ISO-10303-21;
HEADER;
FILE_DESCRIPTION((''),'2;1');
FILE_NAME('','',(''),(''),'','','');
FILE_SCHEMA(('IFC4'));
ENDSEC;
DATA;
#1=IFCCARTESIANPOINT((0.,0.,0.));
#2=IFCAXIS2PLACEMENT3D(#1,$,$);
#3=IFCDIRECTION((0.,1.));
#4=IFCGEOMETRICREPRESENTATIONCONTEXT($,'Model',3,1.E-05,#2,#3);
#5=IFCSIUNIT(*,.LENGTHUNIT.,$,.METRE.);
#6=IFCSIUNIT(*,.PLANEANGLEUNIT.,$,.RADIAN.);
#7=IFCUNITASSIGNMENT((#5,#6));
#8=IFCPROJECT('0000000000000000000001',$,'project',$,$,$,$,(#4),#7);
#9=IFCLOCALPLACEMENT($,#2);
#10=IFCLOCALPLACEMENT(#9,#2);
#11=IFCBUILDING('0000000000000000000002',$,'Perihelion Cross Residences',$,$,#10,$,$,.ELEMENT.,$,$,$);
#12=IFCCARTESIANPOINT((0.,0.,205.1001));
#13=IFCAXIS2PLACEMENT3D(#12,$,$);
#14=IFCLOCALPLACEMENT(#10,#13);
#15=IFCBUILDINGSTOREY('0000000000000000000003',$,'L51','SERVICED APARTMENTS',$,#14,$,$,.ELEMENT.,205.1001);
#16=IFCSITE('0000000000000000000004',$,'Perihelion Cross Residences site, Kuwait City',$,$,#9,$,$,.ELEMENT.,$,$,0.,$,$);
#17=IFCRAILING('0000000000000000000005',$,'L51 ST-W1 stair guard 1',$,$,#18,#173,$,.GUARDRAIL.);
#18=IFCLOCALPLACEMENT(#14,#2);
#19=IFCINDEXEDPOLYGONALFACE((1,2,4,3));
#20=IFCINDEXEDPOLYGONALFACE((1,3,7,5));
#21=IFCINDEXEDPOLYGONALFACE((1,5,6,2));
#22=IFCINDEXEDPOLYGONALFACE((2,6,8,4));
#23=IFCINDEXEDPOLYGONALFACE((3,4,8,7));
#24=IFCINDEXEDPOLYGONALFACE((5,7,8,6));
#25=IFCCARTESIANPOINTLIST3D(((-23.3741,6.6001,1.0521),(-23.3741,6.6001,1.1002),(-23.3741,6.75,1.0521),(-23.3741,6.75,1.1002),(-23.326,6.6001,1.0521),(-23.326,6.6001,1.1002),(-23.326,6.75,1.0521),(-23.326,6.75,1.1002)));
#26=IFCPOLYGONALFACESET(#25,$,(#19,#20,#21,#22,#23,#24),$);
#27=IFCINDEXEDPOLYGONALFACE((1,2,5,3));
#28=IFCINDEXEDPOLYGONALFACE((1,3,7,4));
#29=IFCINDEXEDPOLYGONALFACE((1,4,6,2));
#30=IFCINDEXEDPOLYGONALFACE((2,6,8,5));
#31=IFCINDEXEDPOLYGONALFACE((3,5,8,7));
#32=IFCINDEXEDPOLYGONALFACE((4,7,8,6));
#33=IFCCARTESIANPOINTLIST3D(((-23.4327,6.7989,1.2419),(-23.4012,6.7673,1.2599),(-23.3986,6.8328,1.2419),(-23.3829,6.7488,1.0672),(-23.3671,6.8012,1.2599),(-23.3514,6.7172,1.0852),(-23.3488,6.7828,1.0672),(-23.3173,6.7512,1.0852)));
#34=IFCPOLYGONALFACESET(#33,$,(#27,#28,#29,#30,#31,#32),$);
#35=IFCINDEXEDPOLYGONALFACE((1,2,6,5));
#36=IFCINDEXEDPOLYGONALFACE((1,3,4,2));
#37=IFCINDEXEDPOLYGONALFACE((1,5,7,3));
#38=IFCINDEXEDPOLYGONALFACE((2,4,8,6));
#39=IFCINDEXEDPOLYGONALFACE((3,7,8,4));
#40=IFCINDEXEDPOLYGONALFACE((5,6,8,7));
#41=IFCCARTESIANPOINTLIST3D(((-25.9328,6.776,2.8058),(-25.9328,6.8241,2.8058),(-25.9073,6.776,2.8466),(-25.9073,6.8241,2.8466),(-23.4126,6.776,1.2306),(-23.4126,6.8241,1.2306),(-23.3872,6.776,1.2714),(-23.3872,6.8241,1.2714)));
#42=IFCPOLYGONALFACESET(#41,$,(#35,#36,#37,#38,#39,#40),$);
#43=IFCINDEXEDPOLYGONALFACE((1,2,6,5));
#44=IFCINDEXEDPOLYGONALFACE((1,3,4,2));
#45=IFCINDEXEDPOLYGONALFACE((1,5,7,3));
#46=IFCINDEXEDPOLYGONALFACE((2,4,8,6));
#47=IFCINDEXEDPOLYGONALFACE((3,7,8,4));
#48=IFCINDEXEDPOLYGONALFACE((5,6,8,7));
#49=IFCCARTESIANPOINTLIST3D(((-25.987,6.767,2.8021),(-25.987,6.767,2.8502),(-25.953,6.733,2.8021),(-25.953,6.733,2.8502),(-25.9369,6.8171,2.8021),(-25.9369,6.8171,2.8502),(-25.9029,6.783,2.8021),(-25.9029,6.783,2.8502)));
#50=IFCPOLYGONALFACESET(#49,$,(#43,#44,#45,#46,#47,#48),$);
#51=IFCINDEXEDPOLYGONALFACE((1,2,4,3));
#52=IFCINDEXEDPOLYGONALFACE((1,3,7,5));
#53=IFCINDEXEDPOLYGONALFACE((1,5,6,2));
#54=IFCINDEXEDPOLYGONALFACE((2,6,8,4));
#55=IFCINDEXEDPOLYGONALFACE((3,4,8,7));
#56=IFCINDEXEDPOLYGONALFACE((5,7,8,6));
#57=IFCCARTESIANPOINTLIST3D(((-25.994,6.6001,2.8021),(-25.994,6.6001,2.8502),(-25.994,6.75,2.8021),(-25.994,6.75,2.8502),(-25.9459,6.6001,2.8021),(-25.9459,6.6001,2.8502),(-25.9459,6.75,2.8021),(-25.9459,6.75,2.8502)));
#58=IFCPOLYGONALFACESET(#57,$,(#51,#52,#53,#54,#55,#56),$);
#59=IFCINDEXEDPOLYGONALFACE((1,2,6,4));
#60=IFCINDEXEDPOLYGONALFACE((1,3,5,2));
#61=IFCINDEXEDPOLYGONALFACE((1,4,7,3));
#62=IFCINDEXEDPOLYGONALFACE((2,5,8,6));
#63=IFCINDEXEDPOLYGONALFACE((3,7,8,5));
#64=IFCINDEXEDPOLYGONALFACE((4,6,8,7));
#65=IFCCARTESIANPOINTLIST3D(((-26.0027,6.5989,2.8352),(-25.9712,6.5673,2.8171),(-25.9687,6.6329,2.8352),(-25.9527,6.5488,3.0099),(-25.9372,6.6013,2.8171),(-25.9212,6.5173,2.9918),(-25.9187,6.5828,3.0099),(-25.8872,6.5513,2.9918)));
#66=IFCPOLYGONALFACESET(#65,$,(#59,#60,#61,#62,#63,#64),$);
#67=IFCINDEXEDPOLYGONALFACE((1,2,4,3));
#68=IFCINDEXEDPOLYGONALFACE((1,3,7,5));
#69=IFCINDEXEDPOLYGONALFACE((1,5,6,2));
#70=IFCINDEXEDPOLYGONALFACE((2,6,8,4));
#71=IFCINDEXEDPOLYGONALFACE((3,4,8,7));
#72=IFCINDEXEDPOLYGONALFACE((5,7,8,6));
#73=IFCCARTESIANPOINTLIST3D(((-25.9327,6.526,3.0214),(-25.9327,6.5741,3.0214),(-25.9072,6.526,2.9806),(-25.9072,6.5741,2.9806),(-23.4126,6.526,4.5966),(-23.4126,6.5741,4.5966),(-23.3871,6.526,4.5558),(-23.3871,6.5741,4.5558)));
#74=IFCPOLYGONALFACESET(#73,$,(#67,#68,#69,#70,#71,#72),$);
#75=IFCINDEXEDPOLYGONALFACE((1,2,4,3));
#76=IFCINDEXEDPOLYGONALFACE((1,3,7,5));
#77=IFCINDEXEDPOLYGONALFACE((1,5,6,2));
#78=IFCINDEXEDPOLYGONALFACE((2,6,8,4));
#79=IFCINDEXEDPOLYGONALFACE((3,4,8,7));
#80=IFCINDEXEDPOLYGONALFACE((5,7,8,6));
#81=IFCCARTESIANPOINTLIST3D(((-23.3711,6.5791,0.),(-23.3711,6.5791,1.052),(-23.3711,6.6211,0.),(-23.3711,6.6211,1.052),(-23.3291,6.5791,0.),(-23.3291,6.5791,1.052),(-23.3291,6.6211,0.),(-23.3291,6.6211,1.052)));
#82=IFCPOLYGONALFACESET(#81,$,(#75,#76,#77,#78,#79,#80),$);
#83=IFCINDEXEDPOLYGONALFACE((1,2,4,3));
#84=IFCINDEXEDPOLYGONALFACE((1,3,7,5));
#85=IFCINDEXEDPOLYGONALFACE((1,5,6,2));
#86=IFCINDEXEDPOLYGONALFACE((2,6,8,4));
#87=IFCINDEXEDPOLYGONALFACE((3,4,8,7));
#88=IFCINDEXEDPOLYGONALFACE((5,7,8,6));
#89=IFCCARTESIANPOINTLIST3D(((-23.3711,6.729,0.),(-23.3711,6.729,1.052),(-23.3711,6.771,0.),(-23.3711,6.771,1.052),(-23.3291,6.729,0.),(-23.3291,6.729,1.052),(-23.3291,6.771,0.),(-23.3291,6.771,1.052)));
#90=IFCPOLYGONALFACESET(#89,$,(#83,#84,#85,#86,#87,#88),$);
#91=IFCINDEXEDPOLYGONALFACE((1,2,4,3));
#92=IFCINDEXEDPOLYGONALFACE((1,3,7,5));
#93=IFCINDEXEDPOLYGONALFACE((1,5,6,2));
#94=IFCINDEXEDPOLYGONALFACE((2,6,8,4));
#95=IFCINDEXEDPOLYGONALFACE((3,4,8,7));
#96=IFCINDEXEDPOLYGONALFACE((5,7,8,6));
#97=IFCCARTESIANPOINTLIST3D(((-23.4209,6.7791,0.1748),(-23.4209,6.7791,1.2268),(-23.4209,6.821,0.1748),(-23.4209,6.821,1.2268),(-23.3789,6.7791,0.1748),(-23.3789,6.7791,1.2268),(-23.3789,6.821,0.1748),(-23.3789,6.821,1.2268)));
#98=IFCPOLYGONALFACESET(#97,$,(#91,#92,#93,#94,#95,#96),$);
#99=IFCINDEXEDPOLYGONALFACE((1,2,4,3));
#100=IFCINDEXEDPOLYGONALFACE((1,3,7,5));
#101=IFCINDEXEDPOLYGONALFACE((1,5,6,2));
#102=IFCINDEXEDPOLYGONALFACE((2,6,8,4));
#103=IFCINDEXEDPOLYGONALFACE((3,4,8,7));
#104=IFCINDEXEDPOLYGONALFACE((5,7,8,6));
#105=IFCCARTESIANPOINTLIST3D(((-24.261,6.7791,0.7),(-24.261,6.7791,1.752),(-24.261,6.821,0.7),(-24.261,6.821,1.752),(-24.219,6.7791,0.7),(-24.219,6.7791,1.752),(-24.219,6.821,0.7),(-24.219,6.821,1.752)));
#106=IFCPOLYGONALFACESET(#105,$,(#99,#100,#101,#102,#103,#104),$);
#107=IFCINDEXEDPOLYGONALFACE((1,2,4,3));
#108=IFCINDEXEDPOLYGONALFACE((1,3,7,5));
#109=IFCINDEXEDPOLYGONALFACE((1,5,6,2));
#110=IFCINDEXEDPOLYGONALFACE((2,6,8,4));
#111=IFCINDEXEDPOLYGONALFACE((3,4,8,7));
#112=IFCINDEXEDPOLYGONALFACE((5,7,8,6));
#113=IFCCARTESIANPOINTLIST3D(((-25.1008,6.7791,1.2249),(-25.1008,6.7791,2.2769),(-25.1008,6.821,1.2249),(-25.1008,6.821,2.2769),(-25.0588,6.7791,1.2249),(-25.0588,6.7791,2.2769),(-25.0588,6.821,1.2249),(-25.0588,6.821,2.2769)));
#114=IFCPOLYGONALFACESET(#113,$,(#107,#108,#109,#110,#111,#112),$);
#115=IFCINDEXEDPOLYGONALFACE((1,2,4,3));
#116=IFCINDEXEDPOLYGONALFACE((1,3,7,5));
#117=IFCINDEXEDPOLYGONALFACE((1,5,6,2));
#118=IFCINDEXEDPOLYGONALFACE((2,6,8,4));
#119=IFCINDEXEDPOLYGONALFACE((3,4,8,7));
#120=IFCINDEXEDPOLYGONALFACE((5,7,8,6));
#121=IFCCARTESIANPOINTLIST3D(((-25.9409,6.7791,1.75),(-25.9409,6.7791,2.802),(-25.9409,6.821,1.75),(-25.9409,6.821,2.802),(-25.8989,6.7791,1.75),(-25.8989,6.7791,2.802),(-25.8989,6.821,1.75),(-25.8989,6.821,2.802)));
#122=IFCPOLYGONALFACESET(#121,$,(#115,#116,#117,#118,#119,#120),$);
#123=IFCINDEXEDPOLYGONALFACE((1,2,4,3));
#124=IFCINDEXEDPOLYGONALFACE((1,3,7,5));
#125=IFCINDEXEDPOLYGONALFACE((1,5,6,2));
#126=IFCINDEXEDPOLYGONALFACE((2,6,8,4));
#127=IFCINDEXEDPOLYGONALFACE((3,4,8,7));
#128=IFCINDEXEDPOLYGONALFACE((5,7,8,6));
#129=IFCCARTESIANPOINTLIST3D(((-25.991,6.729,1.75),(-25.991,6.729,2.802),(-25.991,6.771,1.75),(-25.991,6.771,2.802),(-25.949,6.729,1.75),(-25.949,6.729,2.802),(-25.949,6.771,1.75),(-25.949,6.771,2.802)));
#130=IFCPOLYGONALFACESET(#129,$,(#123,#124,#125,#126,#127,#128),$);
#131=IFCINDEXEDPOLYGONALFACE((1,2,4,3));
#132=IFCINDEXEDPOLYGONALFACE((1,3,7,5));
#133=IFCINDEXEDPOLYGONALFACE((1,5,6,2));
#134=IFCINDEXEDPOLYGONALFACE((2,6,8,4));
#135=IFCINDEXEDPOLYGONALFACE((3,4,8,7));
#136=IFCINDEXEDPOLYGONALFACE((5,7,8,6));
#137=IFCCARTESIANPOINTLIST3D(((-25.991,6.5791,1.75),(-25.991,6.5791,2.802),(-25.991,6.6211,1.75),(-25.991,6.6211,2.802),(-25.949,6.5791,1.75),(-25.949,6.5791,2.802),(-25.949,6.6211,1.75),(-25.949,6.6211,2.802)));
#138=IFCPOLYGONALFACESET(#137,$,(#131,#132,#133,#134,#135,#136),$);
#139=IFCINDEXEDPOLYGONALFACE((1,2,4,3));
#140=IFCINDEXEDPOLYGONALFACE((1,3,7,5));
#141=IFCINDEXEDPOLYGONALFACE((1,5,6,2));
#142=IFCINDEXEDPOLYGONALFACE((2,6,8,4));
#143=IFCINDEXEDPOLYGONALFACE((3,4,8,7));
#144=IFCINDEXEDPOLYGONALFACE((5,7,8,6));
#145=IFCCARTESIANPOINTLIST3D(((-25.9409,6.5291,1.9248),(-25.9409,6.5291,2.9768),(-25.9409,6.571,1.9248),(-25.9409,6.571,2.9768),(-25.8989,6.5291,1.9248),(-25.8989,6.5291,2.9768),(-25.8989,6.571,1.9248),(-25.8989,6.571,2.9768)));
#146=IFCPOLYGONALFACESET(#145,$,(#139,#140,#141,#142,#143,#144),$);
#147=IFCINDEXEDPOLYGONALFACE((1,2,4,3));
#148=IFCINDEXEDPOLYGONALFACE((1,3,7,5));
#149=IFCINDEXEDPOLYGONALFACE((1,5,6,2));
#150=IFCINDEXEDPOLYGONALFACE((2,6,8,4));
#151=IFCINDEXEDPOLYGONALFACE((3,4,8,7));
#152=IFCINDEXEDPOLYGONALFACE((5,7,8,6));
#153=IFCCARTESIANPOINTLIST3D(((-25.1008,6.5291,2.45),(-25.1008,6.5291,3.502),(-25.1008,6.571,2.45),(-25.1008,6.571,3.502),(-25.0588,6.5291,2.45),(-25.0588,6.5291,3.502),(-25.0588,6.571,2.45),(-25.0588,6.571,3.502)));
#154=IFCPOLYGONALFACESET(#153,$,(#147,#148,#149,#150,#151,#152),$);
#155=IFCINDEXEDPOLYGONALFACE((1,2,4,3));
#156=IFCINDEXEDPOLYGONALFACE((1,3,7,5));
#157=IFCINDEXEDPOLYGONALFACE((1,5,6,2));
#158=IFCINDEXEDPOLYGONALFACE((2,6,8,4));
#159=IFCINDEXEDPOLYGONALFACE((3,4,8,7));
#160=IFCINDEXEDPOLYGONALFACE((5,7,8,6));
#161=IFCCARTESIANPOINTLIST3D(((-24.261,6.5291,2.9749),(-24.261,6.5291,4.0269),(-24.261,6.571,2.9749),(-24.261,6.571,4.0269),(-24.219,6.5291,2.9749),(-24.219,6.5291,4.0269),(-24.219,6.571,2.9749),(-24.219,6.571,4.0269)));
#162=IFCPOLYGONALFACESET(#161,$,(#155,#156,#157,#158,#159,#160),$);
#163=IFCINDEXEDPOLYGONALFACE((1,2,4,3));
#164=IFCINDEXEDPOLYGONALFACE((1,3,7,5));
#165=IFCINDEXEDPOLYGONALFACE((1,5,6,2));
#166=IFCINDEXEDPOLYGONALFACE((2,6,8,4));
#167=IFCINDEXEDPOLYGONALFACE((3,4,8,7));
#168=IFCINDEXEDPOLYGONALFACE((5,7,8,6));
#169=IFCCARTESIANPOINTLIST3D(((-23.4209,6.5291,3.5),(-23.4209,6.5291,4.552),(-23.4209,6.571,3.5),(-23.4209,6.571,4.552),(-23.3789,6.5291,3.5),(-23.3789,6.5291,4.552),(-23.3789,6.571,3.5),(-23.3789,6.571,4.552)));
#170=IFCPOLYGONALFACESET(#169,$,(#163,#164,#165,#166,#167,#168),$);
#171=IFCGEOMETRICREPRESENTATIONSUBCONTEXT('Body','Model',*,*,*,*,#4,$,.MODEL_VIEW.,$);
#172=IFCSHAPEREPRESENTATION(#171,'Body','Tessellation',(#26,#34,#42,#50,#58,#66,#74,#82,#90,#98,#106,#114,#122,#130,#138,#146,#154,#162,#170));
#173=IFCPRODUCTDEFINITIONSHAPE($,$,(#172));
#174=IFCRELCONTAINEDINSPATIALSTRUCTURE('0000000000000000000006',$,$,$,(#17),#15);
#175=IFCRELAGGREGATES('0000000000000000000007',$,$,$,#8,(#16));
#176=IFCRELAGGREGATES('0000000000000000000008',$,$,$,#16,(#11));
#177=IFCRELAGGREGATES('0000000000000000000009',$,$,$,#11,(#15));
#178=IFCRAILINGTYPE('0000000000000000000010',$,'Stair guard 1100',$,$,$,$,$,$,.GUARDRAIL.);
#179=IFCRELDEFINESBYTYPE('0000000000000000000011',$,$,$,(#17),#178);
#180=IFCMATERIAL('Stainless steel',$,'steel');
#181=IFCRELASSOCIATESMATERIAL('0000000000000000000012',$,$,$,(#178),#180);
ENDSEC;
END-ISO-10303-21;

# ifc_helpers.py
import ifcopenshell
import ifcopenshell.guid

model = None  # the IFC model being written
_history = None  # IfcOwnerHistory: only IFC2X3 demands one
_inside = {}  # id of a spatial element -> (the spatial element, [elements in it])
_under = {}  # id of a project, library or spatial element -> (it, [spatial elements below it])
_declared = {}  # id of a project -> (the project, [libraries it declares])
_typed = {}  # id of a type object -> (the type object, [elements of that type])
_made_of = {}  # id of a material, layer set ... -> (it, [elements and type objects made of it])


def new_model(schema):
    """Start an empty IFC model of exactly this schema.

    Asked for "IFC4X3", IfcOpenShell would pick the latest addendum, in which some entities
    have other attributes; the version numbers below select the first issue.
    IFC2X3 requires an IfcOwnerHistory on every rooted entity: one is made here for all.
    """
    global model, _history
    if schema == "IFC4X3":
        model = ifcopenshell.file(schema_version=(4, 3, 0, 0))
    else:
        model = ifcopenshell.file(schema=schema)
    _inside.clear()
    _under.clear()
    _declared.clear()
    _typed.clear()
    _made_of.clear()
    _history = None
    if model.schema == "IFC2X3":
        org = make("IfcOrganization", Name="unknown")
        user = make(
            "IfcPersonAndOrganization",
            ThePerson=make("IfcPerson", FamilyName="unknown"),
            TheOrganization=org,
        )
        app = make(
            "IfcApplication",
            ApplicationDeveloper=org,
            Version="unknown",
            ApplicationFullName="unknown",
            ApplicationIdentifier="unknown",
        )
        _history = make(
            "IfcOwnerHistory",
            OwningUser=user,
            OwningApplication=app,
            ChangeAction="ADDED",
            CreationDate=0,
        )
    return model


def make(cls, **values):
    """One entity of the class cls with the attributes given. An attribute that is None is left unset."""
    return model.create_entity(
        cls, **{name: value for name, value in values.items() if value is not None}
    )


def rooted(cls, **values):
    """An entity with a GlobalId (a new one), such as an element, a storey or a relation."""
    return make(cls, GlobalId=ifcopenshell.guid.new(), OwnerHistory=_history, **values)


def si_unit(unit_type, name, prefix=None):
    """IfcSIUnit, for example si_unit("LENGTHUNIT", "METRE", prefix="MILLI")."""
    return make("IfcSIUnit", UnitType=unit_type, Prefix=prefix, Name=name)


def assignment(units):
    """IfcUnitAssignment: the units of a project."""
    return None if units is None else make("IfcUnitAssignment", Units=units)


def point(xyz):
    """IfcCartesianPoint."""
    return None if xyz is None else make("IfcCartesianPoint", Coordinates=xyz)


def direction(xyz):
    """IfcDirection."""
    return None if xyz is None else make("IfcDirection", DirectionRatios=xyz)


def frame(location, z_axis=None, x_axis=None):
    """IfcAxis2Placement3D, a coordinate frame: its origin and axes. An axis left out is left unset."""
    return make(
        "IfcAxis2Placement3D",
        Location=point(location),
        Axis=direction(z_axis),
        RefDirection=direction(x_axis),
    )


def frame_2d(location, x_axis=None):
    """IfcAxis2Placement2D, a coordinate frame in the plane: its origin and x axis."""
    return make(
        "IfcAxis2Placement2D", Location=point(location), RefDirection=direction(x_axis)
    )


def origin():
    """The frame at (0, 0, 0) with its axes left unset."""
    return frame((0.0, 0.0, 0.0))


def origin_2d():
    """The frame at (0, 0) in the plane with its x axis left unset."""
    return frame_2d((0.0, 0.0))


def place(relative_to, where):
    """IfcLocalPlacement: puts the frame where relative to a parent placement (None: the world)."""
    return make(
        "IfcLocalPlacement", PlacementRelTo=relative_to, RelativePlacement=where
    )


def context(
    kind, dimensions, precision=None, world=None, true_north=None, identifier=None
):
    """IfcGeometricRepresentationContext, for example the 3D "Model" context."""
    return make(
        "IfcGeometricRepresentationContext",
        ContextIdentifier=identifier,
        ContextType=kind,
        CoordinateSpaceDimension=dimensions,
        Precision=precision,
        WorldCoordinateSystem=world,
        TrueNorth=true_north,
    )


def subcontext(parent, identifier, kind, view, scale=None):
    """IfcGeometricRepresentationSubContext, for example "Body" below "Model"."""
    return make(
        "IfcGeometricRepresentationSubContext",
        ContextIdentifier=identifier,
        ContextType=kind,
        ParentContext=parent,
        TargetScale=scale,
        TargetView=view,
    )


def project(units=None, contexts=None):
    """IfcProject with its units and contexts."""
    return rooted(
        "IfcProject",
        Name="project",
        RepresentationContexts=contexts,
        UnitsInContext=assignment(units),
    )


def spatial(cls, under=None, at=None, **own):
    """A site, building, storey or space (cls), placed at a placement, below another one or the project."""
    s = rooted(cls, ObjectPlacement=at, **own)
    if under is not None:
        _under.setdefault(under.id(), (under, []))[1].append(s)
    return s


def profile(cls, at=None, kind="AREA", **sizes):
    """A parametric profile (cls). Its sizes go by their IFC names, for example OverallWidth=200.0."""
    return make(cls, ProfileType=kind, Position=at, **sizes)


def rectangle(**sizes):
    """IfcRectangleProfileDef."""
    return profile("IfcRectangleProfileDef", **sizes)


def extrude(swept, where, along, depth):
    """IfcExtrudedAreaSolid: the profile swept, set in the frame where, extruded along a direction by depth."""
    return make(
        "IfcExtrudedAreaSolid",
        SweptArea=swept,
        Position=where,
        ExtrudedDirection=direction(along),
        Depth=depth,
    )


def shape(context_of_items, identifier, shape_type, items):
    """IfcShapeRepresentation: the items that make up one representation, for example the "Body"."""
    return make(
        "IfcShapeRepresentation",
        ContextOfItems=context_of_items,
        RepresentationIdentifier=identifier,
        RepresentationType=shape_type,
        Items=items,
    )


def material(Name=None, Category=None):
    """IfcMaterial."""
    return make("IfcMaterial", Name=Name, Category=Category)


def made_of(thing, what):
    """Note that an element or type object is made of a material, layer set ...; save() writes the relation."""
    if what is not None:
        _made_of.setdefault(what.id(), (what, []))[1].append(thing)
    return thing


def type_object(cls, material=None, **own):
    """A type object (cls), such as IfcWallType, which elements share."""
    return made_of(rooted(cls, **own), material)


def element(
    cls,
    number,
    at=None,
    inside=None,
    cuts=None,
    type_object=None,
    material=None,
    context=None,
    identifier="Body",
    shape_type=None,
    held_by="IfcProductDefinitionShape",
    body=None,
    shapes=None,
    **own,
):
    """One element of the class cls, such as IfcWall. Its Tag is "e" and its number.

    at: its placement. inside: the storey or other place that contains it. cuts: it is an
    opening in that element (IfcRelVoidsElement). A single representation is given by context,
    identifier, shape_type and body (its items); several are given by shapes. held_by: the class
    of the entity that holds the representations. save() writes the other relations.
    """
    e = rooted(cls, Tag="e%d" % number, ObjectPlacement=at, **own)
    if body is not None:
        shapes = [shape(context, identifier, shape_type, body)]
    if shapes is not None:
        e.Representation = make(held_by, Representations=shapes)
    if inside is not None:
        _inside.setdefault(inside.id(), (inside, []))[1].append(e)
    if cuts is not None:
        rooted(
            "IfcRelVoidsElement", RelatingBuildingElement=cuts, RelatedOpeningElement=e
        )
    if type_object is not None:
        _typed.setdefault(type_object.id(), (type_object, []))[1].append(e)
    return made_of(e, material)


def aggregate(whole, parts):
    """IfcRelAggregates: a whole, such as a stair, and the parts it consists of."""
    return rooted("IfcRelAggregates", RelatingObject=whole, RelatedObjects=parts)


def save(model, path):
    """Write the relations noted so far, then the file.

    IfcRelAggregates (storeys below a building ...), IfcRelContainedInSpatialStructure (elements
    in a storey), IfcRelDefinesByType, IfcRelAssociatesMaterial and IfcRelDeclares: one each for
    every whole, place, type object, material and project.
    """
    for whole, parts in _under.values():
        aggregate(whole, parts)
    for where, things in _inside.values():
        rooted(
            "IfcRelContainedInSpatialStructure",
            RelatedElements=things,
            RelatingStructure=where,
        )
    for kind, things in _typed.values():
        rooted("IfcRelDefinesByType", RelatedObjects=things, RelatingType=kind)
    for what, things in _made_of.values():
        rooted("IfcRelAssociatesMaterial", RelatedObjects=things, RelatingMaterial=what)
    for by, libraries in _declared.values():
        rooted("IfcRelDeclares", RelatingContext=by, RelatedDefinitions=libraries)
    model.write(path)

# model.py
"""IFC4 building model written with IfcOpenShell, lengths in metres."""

from ifc_helpers import new_model, si_unit, direction, frame, origin, origin_2d, place, context, subcontext, project, spatial, rectangle, extrude, material, type_object, element, save


model = new_model("IFC4")

# Units and contexts
model_context = context("Model", 3, precision=1e-05, world=origin(), true_north=direction((0.0, 1.0)))
body_context = subcontext(model_context, "Body", "Model", "MODEL_VIEW")
ifc_project = project(units=[si_unit("LENGTHUNIT", "METRE"), si_unit("PLANEANGLEUNIT", "RADIAN")], contexts=[model_context])

# Site, building, storey
site_placement = place(None, origin())
site = spatial("IfcSite", under=ifc_project, at=site_placement, Name="Perihelion Cross Residences site, Kuwait City", CompositionType="ELEMENT", RefElevation=0.0)
building_placement = place(site_placement, origin())
building = spatial("IfcBuilding", under=site, at=building_placement, Name="Perihelion Cross Residences", CompositionType="ELEMENT")
storey_placement = place(building_placement, frame((0.0, 0.0, 205.1001)))
storey = spatial("IfcBuildingStorey", under=building, at=storey_placement, Name="L51", Description="SERVICED APARTMENTS", CompositionType="ELEMENT", Elevation=205.1001)

# Railing
ifc_material_1 = material(Name="Stainless steel", Category="steel")
railing_type_1 = type_object("IfcRailingType", Name="Stair guard 1100", PredefinedType="GUARDRAIL", material=ifc_material_1)
railing_1_placement = place(storey_placement, frame((-23.3501, 6.6001, 0.0)))
element("IfcRailing", 1, at=railing_1_placement, inside=storey, type_object=railing_type_1, Name="L51 ST-W1 stair guard 1", PredefinedType="GUARDRAIL", context=body_context, shape_type="SweptSolid", body=[
    extrude(rectangle(XDim=0.0481, YDim=0.0481, at=origin_2d()), frame((0.0, 0.0, 1.0762), z_axis=(0.0, 1.0, 0.0), x_axis=(-1.0, 0.0, 0.0)), (0.0, 0.0, 1.0), 0.1499),
    extrude(rectangle(XDim=0.0481, YDim=0.0481, at=origin_2d()), frame((0.0, 0.1499, 1.0762), z_axis=(-0.264179, 0.265474, 0.927218), x_axis=(-0.708834, -0.705376, 0.0)), (0.0, 0.0, 1.0), 0.1885),
    extrude(rectangle(XDim=0.0481, YDim=0.0481, at=origin_2d()), frame((-0.0498, 0.2, 1.251), z_axis=(-0.847971, 0.0, 0.530043), x_axis=(0.0, -1.0, 0.0)), (0.0, 0.0, 1.0), 2.9719),
    extrude(rectangle(XDim=0.0481, YDim=0.0481, at=origin_2d()), frame((-2.5698, 0.2, 2.8262), z_axis=(-0.707107, -0.707107, 0.0), x_axis=(0.707107, -0.707107, 0.0)), (0.0, 0.0, 1.0), 0.0708),
    extrude(rectangle(XDim=0.0481, YDim=0.0481, at=origin_2d()), frame((-2.6199, 0.1499, 2.8262), z_axis=(0.0, -1.0, 0.0), x_axis=(1.0, 0.0, 0.0)), (0.0, 0.0, 1.0), 0.1499),
    extrude(rectangle(XDim=0.0481, YDim=0.0481, at=origin_2d()), frame((-2.6199, 0.0, 2.8262), z_axis=(0.265383, -0.265383, 0.9269), x_axis=(0.707107, 0.707107, 0.0)), (0.0, 0.0, 1.0), 0.1885),
    extrude(rectangle(XDim=0.0481, YDim=0.0481, at=origin_2d()), frame((-2.5698, -0.05, 3.001), z_axis=(0.847971, 0.0, 0.530043), x_axis=(0.0, 1.0, 0.0)), (0.0, 0.0, 1.0), 2.9719),
    extrude(rectangle(XDim=0.042, YDim=0.042, at=origin_2d()), origin(), (0.0, 0.0, 1.0), 1.052),
    extrude(rectangle(XDim=0.042, YDim=0.042, at=origin_2d()), frame((0.0, 0.1499, 0.0)), (0.0, 0.0, 1.0), 1.052),
    extrude(rectangle(XDim=0.042, YDim=0.042, at=origin_2d()), frame((-0.0498, 0.2, 0.1748)), (0.0, 0.0, 1.0), 1.052),
    extrude(rectangle(XDim=0.042, YDim=0.042, at=origin_2d()), frame((-0.8899, 0.2, 0.7)), (0.0, 0.0, 1.0), 1.052),
    extrude(rectangle(XDim=0.042, YDim=0.042, at=origin_2d()), frame((-1.7297, 0.2, 1.2249)), (0.0, 0.0, 1.0), 1.052),
    extrude(rectangle(XDim=0.042, YDim=0.042, at=origin_2d()), frame((-2.5698, 0.2, 1.75)), (0.0, 0.0, 1.0), 1.052),
    extrude(rectangle(XDim=0.042, YDim=0.042, at=origin_2d()), frame((-2.6199, 0.1499, 1.75)), (0.0, 0.0, 1.0), 1.052),
    extrude(rectangle(XDim=0.042, YDim=0.042, at=origin_2d()), frame((-2.6199, 0.0, 1.75)), (0.0, 0.0, 1.0), 1.052),
    extrude(rectangle(XDim=0.042, YDim=0.042, at=origin_2d()), frame((-2.5698, -0.05, 1.9248)), (0.0, 0.0, 1.0), 1.052),
    extrude(rectangle(XDim=0.042, YDim=0.042, at=origin_2d()), frame((-1.7297, -0.05, 2.45)), (0.0, 0.0, 1.0), 1.052),
    extrude(rectangle(XDim=0.042, YDim=0.042, at=origin_2d()), frame((-0.8899, -0.05, 2.9749)), (0.0, 0.0, 1.0), 1.052),
    extrude(rectangle(XDim=0.042, YDim=0.042, at=origin_2d()), frame((-0.0498, -0.05, 3.5)), (0.0, 0.0, 1.0), 1.052),
])

save(model, "model.ifc")
